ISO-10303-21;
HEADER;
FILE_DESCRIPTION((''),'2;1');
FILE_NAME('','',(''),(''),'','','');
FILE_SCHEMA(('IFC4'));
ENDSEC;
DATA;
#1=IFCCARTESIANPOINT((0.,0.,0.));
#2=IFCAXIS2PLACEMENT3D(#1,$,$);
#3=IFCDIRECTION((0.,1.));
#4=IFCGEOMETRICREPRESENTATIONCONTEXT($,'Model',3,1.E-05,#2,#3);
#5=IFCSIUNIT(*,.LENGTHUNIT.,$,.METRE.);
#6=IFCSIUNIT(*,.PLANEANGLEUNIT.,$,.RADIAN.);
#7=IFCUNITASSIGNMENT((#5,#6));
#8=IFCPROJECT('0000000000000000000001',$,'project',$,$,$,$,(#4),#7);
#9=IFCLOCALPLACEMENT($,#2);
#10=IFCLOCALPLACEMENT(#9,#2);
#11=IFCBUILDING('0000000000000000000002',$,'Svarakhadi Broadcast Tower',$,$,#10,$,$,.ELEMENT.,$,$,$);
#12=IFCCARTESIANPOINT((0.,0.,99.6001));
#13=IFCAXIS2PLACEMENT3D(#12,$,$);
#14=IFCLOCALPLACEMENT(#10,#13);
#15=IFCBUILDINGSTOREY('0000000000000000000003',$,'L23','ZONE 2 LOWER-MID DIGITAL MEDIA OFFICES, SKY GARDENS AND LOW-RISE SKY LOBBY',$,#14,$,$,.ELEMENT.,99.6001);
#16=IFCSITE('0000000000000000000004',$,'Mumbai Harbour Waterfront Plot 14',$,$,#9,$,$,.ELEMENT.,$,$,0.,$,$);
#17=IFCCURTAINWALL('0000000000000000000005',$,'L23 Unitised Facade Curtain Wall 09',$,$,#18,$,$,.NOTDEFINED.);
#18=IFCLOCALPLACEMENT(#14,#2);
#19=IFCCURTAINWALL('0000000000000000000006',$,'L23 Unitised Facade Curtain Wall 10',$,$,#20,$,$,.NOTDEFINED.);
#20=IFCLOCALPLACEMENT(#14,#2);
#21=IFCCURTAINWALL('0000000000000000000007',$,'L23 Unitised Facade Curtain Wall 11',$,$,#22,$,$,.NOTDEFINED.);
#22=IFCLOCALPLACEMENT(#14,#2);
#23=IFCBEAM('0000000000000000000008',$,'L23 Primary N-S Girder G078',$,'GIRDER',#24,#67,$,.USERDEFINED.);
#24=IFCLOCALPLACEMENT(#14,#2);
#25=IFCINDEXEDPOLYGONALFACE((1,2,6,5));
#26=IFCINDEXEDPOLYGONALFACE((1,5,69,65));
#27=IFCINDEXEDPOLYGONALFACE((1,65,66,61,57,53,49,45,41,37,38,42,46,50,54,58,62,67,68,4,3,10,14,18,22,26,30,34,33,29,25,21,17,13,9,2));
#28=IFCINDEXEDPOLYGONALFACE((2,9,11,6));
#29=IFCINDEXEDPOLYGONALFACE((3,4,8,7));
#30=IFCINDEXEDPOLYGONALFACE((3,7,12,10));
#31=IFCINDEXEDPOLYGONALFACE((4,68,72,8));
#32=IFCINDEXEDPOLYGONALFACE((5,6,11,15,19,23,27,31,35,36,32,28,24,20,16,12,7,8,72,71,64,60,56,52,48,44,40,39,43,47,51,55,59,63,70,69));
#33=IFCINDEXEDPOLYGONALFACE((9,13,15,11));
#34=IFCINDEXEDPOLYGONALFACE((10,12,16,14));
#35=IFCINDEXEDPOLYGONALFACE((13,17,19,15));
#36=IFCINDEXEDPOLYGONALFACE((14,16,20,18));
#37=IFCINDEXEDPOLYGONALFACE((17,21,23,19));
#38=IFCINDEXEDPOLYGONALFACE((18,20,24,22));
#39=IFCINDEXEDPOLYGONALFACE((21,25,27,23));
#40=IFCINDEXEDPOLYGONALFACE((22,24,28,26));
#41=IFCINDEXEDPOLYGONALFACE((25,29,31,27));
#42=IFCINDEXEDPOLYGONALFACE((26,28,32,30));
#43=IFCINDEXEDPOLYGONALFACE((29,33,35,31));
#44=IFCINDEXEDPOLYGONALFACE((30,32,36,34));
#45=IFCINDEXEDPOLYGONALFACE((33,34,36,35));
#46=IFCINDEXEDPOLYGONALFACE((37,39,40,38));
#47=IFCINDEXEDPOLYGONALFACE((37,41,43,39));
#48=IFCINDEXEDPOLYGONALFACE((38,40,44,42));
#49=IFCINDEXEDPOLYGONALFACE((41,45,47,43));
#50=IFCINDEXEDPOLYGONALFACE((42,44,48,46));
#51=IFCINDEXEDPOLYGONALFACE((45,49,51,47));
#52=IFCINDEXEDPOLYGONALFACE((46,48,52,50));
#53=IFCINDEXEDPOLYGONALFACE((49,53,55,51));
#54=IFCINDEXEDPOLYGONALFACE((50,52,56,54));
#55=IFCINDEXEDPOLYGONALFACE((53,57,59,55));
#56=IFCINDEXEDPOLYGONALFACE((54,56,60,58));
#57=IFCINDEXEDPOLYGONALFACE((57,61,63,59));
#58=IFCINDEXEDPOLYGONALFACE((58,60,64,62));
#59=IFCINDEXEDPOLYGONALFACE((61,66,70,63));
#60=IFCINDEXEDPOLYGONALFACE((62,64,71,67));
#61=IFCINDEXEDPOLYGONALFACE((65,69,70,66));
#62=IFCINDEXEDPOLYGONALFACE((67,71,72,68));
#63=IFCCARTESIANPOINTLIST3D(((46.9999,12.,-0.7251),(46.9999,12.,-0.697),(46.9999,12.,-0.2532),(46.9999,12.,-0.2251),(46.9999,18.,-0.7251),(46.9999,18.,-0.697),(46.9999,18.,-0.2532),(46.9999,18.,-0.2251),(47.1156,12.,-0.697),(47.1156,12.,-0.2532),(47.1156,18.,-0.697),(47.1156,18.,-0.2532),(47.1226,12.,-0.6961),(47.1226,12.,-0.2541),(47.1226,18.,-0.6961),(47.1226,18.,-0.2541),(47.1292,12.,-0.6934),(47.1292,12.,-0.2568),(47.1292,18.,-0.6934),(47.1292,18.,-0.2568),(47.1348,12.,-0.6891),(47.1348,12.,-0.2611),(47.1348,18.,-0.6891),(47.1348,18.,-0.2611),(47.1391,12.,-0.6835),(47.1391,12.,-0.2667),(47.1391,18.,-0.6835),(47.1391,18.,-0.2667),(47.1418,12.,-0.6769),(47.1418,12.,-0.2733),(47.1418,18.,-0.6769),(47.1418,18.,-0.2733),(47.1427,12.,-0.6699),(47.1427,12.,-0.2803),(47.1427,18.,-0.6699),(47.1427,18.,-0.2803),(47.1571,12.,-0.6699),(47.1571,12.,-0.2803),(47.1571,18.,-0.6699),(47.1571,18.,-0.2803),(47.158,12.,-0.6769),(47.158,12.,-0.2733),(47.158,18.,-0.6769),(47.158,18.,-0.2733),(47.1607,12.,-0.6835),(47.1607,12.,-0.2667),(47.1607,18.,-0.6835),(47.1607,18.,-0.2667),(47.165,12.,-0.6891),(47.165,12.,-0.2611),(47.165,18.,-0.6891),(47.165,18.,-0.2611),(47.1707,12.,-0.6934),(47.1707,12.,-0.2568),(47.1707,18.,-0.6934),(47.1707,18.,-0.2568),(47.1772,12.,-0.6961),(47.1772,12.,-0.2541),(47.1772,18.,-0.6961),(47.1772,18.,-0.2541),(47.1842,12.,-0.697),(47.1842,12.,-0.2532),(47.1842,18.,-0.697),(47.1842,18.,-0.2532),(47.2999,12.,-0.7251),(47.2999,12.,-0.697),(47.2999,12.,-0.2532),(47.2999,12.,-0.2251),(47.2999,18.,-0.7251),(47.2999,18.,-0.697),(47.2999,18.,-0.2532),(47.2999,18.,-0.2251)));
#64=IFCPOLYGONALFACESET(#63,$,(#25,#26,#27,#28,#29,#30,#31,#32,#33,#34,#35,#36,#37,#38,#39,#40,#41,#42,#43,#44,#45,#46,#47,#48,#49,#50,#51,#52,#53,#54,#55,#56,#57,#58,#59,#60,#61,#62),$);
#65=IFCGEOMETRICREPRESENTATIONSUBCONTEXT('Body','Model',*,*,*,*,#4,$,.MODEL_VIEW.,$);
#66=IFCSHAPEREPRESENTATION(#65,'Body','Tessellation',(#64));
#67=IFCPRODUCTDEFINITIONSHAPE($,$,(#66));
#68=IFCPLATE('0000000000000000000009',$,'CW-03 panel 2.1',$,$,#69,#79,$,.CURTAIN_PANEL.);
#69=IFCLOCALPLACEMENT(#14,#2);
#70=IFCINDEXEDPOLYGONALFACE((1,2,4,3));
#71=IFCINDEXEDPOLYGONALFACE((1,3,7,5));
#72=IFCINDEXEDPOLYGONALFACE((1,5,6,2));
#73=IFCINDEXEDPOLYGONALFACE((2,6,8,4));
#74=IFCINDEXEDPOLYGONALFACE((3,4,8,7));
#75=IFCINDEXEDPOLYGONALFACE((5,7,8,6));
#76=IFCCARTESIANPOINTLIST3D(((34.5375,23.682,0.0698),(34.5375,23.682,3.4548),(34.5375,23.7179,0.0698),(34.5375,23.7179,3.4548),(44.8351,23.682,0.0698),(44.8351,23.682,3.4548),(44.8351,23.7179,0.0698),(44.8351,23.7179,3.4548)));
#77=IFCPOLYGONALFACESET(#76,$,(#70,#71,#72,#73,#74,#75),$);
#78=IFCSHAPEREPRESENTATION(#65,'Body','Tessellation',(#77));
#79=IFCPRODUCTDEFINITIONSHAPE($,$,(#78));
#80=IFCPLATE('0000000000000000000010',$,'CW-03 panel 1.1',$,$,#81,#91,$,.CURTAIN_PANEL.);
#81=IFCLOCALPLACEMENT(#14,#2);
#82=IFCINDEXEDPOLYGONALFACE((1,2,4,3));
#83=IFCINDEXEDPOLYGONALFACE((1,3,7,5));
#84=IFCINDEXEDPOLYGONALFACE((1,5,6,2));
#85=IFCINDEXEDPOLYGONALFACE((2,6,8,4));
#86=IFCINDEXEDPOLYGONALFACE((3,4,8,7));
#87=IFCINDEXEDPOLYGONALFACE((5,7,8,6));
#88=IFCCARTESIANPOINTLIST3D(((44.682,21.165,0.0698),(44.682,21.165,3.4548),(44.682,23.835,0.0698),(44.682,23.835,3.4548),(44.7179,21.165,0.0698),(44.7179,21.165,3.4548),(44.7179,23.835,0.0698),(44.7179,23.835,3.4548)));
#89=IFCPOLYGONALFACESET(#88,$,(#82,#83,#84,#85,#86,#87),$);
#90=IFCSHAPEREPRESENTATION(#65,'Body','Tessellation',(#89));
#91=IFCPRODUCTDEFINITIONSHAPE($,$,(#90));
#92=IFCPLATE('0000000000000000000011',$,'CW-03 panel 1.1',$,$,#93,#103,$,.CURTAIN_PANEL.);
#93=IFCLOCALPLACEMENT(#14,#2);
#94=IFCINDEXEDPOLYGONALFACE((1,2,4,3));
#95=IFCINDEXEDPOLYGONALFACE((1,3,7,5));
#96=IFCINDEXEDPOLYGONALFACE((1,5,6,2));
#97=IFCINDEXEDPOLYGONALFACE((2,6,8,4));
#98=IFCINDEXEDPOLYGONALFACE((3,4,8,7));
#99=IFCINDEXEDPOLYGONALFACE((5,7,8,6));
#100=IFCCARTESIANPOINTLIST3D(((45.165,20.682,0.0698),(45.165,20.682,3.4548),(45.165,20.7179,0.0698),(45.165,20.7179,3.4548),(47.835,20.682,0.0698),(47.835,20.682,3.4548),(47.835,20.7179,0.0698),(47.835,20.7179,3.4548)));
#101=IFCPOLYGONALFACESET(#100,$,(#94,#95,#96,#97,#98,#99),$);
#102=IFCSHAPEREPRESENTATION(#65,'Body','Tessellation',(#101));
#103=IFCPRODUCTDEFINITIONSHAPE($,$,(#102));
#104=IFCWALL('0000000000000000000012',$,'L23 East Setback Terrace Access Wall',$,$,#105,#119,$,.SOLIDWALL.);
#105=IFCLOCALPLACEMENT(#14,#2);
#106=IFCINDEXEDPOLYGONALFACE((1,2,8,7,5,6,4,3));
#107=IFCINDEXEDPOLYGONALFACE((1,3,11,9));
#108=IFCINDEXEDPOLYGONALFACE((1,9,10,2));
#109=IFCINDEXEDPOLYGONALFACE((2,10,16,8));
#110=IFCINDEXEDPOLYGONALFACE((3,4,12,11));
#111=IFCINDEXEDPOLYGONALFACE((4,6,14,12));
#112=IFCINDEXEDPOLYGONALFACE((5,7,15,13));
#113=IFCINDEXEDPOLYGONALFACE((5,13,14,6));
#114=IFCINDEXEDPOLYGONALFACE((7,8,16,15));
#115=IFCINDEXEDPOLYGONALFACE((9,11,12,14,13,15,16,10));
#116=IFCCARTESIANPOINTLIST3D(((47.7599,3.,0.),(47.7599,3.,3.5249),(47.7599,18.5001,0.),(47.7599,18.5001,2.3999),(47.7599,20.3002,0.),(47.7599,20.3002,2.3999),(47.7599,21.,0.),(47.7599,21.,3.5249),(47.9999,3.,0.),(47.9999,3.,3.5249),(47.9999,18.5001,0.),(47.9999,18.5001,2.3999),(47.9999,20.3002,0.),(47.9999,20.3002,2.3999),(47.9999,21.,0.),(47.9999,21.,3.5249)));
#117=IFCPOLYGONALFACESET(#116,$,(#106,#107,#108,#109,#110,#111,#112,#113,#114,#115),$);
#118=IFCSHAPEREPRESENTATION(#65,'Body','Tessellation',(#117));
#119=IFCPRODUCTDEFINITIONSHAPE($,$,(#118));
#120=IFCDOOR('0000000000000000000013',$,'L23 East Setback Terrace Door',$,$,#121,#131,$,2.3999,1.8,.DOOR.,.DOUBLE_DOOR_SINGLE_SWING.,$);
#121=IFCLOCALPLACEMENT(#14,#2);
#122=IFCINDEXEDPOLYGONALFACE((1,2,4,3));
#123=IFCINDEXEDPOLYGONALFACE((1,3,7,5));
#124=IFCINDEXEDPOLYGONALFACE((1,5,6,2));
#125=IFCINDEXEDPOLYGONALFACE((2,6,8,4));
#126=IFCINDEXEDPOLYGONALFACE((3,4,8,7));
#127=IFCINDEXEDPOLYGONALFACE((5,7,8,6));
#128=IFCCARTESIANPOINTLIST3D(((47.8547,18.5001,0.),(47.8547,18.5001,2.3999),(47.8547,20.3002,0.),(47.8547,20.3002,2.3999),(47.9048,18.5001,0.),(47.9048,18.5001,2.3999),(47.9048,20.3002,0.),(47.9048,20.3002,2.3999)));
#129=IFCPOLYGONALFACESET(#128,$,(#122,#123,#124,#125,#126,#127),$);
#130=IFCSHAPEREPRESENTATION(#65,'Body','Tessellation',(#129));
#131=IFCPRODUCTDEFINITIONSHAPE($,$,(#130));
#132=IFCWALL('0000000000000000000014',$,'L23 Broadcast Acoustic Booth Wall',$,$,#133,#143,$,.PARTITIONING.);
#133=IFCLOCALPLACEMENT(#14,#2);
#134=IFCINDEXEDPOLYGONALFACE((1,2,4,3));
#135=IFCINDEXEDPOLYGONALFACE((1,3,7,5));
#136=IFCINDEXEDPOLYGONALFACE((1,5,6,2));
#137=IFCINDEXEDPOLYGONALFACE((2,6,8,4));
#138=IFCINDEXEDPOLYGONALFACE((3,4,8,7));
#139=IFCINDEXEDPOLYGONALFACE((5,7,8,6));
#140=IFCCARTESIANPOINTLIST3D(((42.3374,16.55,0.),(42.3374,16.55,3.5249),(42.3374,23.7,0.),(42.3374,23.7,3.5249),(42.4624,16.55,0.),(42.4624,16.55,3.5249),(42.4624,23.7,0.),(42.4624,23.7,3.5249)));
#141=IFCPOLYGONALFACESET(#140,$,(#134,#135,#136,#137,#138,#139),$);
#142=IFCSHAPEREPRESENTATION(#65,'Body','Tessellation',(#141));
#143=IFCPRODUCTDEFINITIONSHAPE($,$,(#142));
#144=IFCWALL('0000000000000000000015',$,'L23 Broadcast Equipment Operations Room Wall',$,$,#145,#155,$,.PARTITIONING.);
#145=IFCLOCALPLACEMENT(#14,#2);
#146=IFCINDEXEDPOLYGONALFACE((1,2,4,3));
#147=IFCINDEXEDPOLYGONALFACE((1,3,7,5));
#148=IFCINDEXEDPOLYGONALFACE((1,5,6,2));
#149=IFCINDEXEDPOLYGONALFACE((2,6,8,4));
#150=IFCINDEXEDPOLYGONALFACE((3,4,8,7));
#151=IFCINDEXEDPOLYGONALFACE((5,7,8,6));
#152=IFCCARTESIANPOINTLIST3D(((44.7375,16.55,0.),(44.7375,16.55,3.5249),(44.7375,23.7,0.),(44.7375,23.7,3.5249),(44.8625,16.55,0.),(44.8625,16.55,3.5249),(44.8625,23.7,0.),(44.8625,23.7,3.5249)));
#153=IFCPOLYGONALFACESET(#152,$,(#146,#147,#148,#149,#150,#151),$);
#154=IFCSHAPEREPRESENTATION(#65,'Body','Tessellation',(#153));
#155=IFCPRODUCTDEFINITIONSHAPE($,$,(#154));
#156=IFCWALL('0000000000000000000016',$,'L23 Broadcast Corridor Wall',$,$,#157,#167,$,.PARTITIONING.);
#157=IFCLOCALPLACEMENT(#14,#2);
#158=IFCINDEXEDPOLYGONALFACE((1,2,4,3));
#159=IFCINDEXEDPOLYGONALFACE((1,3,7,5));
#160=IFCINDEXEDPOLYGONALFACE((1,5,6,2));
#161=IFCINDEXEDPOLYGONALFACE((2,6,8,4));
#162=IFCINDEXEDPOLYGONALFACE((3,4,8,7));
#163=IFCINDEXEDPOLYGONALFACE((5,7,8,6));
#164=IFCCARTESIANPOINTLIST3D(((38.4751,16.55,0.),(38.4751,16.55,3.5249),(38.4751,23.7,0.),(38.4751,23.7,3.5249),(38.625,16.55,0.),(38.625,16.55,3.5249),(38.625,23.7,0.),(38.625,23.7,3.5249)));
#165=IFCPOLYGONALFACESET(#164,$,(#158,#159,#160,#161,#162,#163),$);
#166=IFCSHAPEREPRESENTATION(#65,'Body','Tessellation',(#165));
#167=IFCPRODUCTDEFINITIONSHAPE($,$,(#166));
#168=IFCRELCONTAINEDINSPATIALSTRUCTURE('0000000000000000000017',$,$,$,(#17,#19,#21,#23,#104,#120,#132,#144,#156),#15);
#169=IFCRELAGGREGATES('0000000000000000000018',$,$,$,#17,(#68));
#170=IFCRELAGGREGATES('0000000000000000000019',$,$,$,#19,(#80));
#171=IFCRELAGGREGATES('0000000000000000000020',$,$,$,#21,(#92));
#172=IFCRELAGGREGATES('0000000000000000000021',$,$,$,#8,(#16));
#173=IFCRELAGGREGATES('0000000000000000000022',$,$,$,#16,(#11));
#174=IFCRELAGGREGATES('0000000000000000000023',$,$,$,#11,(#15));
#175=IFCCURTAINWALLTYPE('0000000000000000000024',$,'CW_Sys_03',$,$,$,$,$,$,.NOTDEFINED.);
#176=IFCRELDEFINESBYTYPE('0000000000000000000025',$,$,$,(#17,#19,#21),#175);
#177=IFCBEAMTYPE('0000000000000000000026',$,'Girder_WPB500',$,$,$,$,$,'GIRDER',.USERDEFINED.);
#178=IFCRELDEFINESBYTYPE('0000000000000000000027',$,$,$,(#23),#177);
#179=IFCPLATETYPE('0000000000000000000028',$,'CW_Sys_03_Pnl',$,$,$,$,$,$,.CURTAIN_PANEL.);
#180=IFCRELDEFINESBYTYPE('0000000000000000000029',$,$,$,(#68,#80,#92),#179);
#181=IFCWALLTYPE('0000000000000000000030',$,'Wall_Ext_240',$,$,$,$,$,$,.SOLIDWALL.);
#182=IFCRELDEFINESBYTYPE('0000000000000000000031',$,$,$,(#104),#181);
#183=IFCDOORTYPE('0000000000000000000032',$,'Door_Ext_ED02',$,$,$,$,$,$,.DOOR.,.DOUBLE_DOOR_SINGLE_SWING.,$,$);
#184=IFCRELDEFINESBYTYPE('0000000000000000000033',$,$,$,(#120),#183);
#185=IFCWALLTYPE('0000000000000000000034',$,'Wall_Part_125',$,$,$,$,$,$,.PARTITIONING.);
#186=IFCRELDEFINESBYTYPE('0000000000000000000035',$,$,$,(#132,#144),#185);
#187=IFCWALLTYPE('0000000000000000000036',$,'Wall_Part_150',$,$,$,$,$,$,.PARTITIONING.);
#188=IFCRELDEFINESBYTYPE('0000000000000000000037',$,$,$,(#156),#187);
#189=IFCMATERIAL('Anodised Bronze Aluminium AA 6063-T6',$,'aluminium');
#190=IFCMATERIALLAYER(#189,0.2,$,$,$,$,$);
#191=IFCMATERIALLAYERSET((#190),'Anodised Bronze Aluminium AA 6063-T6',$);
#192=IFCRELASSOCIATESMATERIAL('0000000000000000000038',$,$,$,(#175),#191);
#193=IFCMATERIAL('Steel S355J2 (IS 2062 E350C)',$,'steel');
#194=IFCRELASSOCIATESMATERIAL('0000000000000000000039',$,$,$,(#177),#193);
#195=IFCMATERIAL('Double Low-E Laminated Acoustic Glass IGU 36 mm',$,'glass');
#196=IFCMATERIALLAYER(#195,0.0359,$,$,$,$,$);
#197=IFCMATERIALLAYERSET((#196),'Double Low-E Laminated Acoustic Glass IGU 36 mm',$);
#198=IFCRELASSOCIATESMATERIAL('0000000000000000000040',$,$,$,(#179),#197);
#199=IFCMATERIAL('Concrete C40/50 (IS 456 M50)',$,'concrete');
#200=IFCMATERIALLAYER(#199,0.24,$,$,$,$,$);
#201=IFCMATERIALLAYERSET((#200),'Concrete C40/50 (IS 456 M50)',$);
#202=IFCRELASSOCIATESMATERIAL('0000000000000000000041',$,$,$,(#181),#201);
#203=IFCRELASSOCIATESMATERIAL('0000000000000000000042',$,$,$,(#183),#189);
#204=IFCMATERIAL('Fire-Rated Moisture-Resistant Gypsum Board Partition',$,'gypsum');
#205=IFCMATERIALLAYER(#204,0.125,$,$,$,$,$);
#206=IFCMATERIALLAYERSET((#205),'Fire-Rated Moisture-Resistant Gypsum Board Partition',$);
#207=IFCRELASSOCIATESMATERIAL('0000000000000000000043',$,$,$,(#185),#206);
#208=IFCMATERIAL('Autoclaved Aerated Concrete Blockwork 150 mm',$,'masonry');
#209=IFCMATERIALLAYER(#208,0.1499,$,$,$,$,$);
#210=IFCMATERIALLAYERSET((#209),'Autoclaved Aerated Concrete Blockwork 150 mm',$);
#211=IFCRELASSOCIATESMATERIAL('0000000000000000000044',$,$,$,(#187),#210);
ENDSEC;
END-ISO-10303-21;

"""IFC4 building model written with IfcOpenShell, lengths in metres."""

from ifc_helpers import new_model, si_unit, direction, frame, frame_2d, origin, origin_2d, place, context, subcontext, project, spatial, rectangle, i_section, extrude, material, layer, layer_set, material_profile, profile_set, type_object, element, fill, aggregate, save


model = new_model("IFC4")

# Units and contexts
model_context = context("Model", 3, precision=1e-05, world=origin(), true_north=direction((0.0, 1.0)))
body_context = subcontext(model_context, "Body", "Model", "MODEL_VIEW")
ifc_project = project(units=[si_unit("LENGTHUNIT", "METRE"), si_unit("PLANEANGLEUNIT", "RADIAN")], contexts=[model_context])

# Site, building, storey
site_placement = place(None, origin())
site = spatial("IfcSite", under=ifc_project, at=site_placement, Name="Mumbai Harbour Waterfront Plot 14", CompositionType="ELEMENT", RefElevation=0.0)
building_placement = place(site_placement, origin())
building = spatial("IfcBuilding", under=site, at=building_placement, Name="Svarakhadi Broadcast Tower", CompositionType="ELEMENT")
storey_placement = place(building_placement, frame((0.0, 0.0, 99.6001)))
storey = spatial("IfcBuildingStorey", under=building, at=storey_placement, Name="L23", Description="ZONE 2 LOWER-MID DIGITAL MEDIA OFFICES, SKY GARDENS AND LOW-RISE SKY LOBBY", CompositionType="ELEMENT", Elevation=99.6001)

# Shared definitions
ifc_material_1 = material(Name="Steel S355J2 (IS 2062 E350C)", Category="steel")

# Curtain wall
ifc_material_2 = material(Name="Anodised Bronze Aluminium AA 6063-T6", Category="aluminium")
ifc_layer_1 = layer(ifc_material_2, 0.2)
ifc_layer_set_1 = layer_set([ifc_layer_1], Name="Anodised Bronze Aluminium AA 6063-T6")
curtain_wall_type = type_object("IfcCurtainWallType", Name="CW_Sys_03", PredefinedType="NOTDEFINED", material=ifc_layer_set_1)
curtain_wall_1_placement = place(storey_placement, origin())
curtain_wall_1 = element("IfcCurtainWall", 1, at=curtain_wall_1_placement, inside=storey, type_object=curtain_wall_type, Name="L23 Unitised Facade Curtain Wall 09", PredefinedType="NOTDEFINED")

# Curtain walls
curtain_wall_2_placement = place(storey_placement, origin())
curtain_wall_2 = element("IfcCurtainWall", 2, at=curtain_wall_2_placement, inside=storey, type_object=curtain_wall_type, Name="L23 Unitised Facade Curtain Wall 10", PredefinedType="NOTDEFINED")
curtain_wall_3_placement = place(storey_placement, origin())
curtain_wall_3 = element("IfcCurtainWall", 3, at=curtain_wall_3_placement, inside=storey, type_object=curtain_wall_type, Name="L23 Unitised Facade Curtain Wall 11", PredefinedType="NOTDEFINED")

# Beam
ifc_material_profile_1 = material_profile(ifc_material_1, i_section(OverallWidth=0.3, OverallDepth=0.5, WebThickness=0.0144, FlangeThickness=0.0281, FilletRadius=0.0271, at=origin_2d()), Name="WPB 500x300x187")
ifc_profile_set_1 = profile_set([ifc_material_profile_1], Name="Steel S355J2 (IS 2062 E350C)")
beam_type_1 = type_object("IfcBeamType", Name="Girder_WPB500", ElementType="GIRDER", PredefinedType="USERDEFINED", material=ifc_profile_set_1)
for number, where, z_axis, x_axis, name in (
    (4, (47.1499, 12.0, -0.4751), (0.0, 1.0, 0.0), (-1.0, 0.0, 0.0), "L23 Primary N-S Girder G078"),
):
    element("IfcBeam", number, at=place(storey_placement, frame(where, z_axis=z_axis, x_axis=x_axis)), inside=storey, type_object=beam_type_1, Name=name, ObjectType="GIRDER", PredefinedType="USERDEFINED", context=body_context, shape_type="SweptSolid", body=[
        extrude(i_section(OverallWidth=0.3, OverallDepth=0.5, WebThickness=0.0144, FlangeThickness=0.0281, FilletRadius=0.0271, at=origin_2d()), origin(), (0.0, 0.0, 1.0), 6.0),
    ])

# Plates
ifc_material_3 = material(Name="Double Low-E Laminated Acoustic Glass IGU 36 mm", Category="glass")
ifc_layer_2 = layer(ifc_material_3, 0.0359)
ifc_layer_set_2 = layer_set([ifc_layer_2], Name="Double Low-E Laminated Acoustic Glass IGU 36 mm")
plate_type = type_object("IfcPlateType", Name="CW_Sys_03_Pnl", PredefinedType="CURTAIN_PANEL", material=ifc_layer_set_2)
plate_1_placement = place(storey_placement, frame((39.6863, 23.7, 0.0698), z_axis=(0.0, 0.0, 1.0), x_axis=(1.0, 0.0, 0.0)))
plate_1 = element("IfcPlate", 5, at=plate_1_placement, type_object=plate_type, Name="CW-03 panel 2.1", PredefinedType="CURTAIN_PANEL", context=body_context, shape_type="SweptSolid", body=[
    extrude(rectangle(XDim=10.2976, YDim=0.0359, at=origin_2d()), origin(), (0.0, 0.0, 1.0), 3.385),
])
aggregate(curtain_wall_1, [plate_1])
plate_2_placement = place(storey_placement, frame((44.7, 22.5, 0.0698), z_axis=(0.0, 0.0, 1.0), x_axis=(0.0, -1.0, 0.0)))
plate_2 = element("IfcPlate", 6, at=plate_2_placement, type_object=plate_type, Name="CW-03 panel 1.1", PredefinedType="CURTAIN_PANEL", context=body_context, shape_type="SweptSolid", body=[
    extrude(rectangle(XDim=2.6699, YDim=0.0359, at=origin_2d()), origin(), (0.0, 0.0, 1.0), 3.385),
])
aggregate(curtain_wall_2, [plate_2])
plate_3_placement = place(storey_placement, frame((46.5, 20.7, 0.0698), z_axis=(0.0, 0.0, 1.0), x_axis=(1.0, 0.0, 0.0)))
plate_3 = element("IfcPlate", 7, at=plate_3_placement, type_object=plate_type, Name="CW-03 panel 1.1", PredefinedType="CURTAIN_PANEL", context=body_context, shape_type="SweptSolid", body=[
    extrude(rectangle(XDim=2.6699, YDim=0.0359, at=origin_2d()), origin(), (0.0, 0.0, 1.0), 3.385),
])
aggregate(curtain_wall_3, [plate_3])

# Wall, opening, door
ifc_material_4 = material(Name="Concrete C40/50 (IS 456 M50)", Category="concrete")
ifc_layer_3 = layer(ifc_material_4, 0.24)
ifc_layer_set_3 = layer_set([ifc_layer_3], Name="Concrete C40/50 (IS 456 M50)")
wall_type_1 = type_object("IfcWallType", Name="Wall_Ext_240", PredefinedType="SOLIDWALL", material=ifc_layer_set_3)
wall_1_placement = place(storey_placement, frame((47.8799, 21.0, 0.0), z_axis=(0.0, 0.0, 1.0), x_axis=(0.0, -1.0, 0.0)))
wall_1 = element("IfcWall", 8, at=wall_1_placement, inside=storey, type_object=wall_type_1, Name="L23 East Setback Terrace Access Wall", PredefinedType="SOLIDWALL", context=body_context, shape_type="SweptSolid", body=[
    extrude(rectangle(XDim=18.0, YDim=0.24, at=frame_2d((9.0, 0.0))), origin(), (0.0, 0.0, 1.0), 3.5249),
])
opening_1_placement = place(wall_1_placement, frame((0.7, 0.0, 0.0)))
opening_1 = element("IfcOpeningElement", 9, at=opening_1_placement, cuts=wall_1, PredefinedType="OPENING", context=body_context, shape_type="SweptSolid", body=[
    extrude(rectangle(XDim=1.8, YDim=2.3999, at=frame_2d((0.8999, 1.2))), frame((0.0, 0.1299, 0.0), z_axis=(0.0, -1.0, 0.0), x_axis=(1.0, 0.0, 0.0)), (0.0, 0.0, 1.0), 0.26),
])
door_type_1 = type_object("IfcDoorType", Name="Door_Ext_ED02", OperationType="DOUBLE_DOOR_SINGLE_SWING", PredefinedType="DOOR", material=ifc_material_2)
door_1_placement = place(opening_1_placement, origin())
door_1 = element("IfcDoor", 10, at=door_1_placement, inside=storey, type_object=door_type_1, Name="L23 East Setback Terrace Door", OperationType="DOUBLE_DOOR_SINGLE_SWING", OverallHeight=2.3999, OverallWidth=1.8, PredefinedType="DOOR", context=body_context, shape_type="SweptSolid", body=[
    extrude(rectangle(XDim=1.8, YDim=2.3999, at=frame_2d((0.8999, 1.2))), frame((0.0, 0.0249, 0.0), z_axis=(0.0, -1.0, 0.0), x_axis=(1.0, 0.0, 0.0)), (0.0, 0.0, 1.0), 0.05),
])
fill(opening_1, door_1)

# Walls
ifc_material_5 = material(Name="Fire-Rated Moisture-Resistant Gypsum Board Partition", Category="gypsum")
ifc_layer_4 = layer(ifc_material_5, 0.125)
ifc_layer_set_4 = layer_set([ifc_layer_4], Name="Fire-Rated Moisture-Resistant Gypsum Board Partition")
wall_type_2 = type_object("IfcWallType", Name="Wall_Part_125", PredefinedType="PARTITIONING", material=ifc_layer_set_4)
for number, where, z_axis, x_axis, name in (
    (11, (42.3999, 16.55, 0.0), (0.0, 0.0, 1.0), (0.0, 1.0, 0.0), "L23 Broadcast Acoustic Booth Wall"),
    (12, (44.8, 16.55, 0.0), (0.0, 0.0, 1.0), (0.0, 1.0, 0.0), "L23 Broadcast Equipment Operations Room Wall"),
):
    element("IfcWall", number, at=place(storey_placement, frame(where, z_axis=z_axis, x_axis=x_axis)), inside=storey, type_object=wall_type_2, Name=name, PredefinedType="PARTITIONING", context=body_context, shape_type="SweptSolid", body=[
        extrude(rectangle(XDim=7.1499, YDim=0.125, at=frame_2d((3.575, 0.0))), origin(), (0.0, 0.0, 1.0), 3.5249),
    ])
ifc_material_6 = material(Name="Autoclaved Aerated Concrete Blockwork 150 mm", Category="masonry")
ifc_layer_5 = layer(ifc_material_6, 0.1499)
ifc_layer_set_5 = layer_set([ifc_layer_5], Name="Autoclaved Aerated Concrete Blockwork 150 mm")
wall_type_3 = type_object("IfcWallType", Name="Wall_Part_150", PredefinedType="PARTITIONING", material=ifc_layer_set_5)
wall_2_placement = place(storey_placement, frame((38.55, 23.7, 0.0), z_axis=(0.0, 0.0, 1.0), x_axis=(0.0, -1.0, 0.0)))
element("IfcWall", 13, at=wall_2_placement, inside=storey, type_object=wall_type_3, Name="L23 Broadcast Corridor Wall", PredefinedType="PARTITIONING", context=body_context, shape_type="SweptSolid", body=[
    extrude(rectangle(XDim=7.1499, YDim=0.1499, at=frame_2d((3.575, 0.0))), origin(), (0.0, 0.0, 1.0), 3.5249),
])

save(model, "model.ifc")
